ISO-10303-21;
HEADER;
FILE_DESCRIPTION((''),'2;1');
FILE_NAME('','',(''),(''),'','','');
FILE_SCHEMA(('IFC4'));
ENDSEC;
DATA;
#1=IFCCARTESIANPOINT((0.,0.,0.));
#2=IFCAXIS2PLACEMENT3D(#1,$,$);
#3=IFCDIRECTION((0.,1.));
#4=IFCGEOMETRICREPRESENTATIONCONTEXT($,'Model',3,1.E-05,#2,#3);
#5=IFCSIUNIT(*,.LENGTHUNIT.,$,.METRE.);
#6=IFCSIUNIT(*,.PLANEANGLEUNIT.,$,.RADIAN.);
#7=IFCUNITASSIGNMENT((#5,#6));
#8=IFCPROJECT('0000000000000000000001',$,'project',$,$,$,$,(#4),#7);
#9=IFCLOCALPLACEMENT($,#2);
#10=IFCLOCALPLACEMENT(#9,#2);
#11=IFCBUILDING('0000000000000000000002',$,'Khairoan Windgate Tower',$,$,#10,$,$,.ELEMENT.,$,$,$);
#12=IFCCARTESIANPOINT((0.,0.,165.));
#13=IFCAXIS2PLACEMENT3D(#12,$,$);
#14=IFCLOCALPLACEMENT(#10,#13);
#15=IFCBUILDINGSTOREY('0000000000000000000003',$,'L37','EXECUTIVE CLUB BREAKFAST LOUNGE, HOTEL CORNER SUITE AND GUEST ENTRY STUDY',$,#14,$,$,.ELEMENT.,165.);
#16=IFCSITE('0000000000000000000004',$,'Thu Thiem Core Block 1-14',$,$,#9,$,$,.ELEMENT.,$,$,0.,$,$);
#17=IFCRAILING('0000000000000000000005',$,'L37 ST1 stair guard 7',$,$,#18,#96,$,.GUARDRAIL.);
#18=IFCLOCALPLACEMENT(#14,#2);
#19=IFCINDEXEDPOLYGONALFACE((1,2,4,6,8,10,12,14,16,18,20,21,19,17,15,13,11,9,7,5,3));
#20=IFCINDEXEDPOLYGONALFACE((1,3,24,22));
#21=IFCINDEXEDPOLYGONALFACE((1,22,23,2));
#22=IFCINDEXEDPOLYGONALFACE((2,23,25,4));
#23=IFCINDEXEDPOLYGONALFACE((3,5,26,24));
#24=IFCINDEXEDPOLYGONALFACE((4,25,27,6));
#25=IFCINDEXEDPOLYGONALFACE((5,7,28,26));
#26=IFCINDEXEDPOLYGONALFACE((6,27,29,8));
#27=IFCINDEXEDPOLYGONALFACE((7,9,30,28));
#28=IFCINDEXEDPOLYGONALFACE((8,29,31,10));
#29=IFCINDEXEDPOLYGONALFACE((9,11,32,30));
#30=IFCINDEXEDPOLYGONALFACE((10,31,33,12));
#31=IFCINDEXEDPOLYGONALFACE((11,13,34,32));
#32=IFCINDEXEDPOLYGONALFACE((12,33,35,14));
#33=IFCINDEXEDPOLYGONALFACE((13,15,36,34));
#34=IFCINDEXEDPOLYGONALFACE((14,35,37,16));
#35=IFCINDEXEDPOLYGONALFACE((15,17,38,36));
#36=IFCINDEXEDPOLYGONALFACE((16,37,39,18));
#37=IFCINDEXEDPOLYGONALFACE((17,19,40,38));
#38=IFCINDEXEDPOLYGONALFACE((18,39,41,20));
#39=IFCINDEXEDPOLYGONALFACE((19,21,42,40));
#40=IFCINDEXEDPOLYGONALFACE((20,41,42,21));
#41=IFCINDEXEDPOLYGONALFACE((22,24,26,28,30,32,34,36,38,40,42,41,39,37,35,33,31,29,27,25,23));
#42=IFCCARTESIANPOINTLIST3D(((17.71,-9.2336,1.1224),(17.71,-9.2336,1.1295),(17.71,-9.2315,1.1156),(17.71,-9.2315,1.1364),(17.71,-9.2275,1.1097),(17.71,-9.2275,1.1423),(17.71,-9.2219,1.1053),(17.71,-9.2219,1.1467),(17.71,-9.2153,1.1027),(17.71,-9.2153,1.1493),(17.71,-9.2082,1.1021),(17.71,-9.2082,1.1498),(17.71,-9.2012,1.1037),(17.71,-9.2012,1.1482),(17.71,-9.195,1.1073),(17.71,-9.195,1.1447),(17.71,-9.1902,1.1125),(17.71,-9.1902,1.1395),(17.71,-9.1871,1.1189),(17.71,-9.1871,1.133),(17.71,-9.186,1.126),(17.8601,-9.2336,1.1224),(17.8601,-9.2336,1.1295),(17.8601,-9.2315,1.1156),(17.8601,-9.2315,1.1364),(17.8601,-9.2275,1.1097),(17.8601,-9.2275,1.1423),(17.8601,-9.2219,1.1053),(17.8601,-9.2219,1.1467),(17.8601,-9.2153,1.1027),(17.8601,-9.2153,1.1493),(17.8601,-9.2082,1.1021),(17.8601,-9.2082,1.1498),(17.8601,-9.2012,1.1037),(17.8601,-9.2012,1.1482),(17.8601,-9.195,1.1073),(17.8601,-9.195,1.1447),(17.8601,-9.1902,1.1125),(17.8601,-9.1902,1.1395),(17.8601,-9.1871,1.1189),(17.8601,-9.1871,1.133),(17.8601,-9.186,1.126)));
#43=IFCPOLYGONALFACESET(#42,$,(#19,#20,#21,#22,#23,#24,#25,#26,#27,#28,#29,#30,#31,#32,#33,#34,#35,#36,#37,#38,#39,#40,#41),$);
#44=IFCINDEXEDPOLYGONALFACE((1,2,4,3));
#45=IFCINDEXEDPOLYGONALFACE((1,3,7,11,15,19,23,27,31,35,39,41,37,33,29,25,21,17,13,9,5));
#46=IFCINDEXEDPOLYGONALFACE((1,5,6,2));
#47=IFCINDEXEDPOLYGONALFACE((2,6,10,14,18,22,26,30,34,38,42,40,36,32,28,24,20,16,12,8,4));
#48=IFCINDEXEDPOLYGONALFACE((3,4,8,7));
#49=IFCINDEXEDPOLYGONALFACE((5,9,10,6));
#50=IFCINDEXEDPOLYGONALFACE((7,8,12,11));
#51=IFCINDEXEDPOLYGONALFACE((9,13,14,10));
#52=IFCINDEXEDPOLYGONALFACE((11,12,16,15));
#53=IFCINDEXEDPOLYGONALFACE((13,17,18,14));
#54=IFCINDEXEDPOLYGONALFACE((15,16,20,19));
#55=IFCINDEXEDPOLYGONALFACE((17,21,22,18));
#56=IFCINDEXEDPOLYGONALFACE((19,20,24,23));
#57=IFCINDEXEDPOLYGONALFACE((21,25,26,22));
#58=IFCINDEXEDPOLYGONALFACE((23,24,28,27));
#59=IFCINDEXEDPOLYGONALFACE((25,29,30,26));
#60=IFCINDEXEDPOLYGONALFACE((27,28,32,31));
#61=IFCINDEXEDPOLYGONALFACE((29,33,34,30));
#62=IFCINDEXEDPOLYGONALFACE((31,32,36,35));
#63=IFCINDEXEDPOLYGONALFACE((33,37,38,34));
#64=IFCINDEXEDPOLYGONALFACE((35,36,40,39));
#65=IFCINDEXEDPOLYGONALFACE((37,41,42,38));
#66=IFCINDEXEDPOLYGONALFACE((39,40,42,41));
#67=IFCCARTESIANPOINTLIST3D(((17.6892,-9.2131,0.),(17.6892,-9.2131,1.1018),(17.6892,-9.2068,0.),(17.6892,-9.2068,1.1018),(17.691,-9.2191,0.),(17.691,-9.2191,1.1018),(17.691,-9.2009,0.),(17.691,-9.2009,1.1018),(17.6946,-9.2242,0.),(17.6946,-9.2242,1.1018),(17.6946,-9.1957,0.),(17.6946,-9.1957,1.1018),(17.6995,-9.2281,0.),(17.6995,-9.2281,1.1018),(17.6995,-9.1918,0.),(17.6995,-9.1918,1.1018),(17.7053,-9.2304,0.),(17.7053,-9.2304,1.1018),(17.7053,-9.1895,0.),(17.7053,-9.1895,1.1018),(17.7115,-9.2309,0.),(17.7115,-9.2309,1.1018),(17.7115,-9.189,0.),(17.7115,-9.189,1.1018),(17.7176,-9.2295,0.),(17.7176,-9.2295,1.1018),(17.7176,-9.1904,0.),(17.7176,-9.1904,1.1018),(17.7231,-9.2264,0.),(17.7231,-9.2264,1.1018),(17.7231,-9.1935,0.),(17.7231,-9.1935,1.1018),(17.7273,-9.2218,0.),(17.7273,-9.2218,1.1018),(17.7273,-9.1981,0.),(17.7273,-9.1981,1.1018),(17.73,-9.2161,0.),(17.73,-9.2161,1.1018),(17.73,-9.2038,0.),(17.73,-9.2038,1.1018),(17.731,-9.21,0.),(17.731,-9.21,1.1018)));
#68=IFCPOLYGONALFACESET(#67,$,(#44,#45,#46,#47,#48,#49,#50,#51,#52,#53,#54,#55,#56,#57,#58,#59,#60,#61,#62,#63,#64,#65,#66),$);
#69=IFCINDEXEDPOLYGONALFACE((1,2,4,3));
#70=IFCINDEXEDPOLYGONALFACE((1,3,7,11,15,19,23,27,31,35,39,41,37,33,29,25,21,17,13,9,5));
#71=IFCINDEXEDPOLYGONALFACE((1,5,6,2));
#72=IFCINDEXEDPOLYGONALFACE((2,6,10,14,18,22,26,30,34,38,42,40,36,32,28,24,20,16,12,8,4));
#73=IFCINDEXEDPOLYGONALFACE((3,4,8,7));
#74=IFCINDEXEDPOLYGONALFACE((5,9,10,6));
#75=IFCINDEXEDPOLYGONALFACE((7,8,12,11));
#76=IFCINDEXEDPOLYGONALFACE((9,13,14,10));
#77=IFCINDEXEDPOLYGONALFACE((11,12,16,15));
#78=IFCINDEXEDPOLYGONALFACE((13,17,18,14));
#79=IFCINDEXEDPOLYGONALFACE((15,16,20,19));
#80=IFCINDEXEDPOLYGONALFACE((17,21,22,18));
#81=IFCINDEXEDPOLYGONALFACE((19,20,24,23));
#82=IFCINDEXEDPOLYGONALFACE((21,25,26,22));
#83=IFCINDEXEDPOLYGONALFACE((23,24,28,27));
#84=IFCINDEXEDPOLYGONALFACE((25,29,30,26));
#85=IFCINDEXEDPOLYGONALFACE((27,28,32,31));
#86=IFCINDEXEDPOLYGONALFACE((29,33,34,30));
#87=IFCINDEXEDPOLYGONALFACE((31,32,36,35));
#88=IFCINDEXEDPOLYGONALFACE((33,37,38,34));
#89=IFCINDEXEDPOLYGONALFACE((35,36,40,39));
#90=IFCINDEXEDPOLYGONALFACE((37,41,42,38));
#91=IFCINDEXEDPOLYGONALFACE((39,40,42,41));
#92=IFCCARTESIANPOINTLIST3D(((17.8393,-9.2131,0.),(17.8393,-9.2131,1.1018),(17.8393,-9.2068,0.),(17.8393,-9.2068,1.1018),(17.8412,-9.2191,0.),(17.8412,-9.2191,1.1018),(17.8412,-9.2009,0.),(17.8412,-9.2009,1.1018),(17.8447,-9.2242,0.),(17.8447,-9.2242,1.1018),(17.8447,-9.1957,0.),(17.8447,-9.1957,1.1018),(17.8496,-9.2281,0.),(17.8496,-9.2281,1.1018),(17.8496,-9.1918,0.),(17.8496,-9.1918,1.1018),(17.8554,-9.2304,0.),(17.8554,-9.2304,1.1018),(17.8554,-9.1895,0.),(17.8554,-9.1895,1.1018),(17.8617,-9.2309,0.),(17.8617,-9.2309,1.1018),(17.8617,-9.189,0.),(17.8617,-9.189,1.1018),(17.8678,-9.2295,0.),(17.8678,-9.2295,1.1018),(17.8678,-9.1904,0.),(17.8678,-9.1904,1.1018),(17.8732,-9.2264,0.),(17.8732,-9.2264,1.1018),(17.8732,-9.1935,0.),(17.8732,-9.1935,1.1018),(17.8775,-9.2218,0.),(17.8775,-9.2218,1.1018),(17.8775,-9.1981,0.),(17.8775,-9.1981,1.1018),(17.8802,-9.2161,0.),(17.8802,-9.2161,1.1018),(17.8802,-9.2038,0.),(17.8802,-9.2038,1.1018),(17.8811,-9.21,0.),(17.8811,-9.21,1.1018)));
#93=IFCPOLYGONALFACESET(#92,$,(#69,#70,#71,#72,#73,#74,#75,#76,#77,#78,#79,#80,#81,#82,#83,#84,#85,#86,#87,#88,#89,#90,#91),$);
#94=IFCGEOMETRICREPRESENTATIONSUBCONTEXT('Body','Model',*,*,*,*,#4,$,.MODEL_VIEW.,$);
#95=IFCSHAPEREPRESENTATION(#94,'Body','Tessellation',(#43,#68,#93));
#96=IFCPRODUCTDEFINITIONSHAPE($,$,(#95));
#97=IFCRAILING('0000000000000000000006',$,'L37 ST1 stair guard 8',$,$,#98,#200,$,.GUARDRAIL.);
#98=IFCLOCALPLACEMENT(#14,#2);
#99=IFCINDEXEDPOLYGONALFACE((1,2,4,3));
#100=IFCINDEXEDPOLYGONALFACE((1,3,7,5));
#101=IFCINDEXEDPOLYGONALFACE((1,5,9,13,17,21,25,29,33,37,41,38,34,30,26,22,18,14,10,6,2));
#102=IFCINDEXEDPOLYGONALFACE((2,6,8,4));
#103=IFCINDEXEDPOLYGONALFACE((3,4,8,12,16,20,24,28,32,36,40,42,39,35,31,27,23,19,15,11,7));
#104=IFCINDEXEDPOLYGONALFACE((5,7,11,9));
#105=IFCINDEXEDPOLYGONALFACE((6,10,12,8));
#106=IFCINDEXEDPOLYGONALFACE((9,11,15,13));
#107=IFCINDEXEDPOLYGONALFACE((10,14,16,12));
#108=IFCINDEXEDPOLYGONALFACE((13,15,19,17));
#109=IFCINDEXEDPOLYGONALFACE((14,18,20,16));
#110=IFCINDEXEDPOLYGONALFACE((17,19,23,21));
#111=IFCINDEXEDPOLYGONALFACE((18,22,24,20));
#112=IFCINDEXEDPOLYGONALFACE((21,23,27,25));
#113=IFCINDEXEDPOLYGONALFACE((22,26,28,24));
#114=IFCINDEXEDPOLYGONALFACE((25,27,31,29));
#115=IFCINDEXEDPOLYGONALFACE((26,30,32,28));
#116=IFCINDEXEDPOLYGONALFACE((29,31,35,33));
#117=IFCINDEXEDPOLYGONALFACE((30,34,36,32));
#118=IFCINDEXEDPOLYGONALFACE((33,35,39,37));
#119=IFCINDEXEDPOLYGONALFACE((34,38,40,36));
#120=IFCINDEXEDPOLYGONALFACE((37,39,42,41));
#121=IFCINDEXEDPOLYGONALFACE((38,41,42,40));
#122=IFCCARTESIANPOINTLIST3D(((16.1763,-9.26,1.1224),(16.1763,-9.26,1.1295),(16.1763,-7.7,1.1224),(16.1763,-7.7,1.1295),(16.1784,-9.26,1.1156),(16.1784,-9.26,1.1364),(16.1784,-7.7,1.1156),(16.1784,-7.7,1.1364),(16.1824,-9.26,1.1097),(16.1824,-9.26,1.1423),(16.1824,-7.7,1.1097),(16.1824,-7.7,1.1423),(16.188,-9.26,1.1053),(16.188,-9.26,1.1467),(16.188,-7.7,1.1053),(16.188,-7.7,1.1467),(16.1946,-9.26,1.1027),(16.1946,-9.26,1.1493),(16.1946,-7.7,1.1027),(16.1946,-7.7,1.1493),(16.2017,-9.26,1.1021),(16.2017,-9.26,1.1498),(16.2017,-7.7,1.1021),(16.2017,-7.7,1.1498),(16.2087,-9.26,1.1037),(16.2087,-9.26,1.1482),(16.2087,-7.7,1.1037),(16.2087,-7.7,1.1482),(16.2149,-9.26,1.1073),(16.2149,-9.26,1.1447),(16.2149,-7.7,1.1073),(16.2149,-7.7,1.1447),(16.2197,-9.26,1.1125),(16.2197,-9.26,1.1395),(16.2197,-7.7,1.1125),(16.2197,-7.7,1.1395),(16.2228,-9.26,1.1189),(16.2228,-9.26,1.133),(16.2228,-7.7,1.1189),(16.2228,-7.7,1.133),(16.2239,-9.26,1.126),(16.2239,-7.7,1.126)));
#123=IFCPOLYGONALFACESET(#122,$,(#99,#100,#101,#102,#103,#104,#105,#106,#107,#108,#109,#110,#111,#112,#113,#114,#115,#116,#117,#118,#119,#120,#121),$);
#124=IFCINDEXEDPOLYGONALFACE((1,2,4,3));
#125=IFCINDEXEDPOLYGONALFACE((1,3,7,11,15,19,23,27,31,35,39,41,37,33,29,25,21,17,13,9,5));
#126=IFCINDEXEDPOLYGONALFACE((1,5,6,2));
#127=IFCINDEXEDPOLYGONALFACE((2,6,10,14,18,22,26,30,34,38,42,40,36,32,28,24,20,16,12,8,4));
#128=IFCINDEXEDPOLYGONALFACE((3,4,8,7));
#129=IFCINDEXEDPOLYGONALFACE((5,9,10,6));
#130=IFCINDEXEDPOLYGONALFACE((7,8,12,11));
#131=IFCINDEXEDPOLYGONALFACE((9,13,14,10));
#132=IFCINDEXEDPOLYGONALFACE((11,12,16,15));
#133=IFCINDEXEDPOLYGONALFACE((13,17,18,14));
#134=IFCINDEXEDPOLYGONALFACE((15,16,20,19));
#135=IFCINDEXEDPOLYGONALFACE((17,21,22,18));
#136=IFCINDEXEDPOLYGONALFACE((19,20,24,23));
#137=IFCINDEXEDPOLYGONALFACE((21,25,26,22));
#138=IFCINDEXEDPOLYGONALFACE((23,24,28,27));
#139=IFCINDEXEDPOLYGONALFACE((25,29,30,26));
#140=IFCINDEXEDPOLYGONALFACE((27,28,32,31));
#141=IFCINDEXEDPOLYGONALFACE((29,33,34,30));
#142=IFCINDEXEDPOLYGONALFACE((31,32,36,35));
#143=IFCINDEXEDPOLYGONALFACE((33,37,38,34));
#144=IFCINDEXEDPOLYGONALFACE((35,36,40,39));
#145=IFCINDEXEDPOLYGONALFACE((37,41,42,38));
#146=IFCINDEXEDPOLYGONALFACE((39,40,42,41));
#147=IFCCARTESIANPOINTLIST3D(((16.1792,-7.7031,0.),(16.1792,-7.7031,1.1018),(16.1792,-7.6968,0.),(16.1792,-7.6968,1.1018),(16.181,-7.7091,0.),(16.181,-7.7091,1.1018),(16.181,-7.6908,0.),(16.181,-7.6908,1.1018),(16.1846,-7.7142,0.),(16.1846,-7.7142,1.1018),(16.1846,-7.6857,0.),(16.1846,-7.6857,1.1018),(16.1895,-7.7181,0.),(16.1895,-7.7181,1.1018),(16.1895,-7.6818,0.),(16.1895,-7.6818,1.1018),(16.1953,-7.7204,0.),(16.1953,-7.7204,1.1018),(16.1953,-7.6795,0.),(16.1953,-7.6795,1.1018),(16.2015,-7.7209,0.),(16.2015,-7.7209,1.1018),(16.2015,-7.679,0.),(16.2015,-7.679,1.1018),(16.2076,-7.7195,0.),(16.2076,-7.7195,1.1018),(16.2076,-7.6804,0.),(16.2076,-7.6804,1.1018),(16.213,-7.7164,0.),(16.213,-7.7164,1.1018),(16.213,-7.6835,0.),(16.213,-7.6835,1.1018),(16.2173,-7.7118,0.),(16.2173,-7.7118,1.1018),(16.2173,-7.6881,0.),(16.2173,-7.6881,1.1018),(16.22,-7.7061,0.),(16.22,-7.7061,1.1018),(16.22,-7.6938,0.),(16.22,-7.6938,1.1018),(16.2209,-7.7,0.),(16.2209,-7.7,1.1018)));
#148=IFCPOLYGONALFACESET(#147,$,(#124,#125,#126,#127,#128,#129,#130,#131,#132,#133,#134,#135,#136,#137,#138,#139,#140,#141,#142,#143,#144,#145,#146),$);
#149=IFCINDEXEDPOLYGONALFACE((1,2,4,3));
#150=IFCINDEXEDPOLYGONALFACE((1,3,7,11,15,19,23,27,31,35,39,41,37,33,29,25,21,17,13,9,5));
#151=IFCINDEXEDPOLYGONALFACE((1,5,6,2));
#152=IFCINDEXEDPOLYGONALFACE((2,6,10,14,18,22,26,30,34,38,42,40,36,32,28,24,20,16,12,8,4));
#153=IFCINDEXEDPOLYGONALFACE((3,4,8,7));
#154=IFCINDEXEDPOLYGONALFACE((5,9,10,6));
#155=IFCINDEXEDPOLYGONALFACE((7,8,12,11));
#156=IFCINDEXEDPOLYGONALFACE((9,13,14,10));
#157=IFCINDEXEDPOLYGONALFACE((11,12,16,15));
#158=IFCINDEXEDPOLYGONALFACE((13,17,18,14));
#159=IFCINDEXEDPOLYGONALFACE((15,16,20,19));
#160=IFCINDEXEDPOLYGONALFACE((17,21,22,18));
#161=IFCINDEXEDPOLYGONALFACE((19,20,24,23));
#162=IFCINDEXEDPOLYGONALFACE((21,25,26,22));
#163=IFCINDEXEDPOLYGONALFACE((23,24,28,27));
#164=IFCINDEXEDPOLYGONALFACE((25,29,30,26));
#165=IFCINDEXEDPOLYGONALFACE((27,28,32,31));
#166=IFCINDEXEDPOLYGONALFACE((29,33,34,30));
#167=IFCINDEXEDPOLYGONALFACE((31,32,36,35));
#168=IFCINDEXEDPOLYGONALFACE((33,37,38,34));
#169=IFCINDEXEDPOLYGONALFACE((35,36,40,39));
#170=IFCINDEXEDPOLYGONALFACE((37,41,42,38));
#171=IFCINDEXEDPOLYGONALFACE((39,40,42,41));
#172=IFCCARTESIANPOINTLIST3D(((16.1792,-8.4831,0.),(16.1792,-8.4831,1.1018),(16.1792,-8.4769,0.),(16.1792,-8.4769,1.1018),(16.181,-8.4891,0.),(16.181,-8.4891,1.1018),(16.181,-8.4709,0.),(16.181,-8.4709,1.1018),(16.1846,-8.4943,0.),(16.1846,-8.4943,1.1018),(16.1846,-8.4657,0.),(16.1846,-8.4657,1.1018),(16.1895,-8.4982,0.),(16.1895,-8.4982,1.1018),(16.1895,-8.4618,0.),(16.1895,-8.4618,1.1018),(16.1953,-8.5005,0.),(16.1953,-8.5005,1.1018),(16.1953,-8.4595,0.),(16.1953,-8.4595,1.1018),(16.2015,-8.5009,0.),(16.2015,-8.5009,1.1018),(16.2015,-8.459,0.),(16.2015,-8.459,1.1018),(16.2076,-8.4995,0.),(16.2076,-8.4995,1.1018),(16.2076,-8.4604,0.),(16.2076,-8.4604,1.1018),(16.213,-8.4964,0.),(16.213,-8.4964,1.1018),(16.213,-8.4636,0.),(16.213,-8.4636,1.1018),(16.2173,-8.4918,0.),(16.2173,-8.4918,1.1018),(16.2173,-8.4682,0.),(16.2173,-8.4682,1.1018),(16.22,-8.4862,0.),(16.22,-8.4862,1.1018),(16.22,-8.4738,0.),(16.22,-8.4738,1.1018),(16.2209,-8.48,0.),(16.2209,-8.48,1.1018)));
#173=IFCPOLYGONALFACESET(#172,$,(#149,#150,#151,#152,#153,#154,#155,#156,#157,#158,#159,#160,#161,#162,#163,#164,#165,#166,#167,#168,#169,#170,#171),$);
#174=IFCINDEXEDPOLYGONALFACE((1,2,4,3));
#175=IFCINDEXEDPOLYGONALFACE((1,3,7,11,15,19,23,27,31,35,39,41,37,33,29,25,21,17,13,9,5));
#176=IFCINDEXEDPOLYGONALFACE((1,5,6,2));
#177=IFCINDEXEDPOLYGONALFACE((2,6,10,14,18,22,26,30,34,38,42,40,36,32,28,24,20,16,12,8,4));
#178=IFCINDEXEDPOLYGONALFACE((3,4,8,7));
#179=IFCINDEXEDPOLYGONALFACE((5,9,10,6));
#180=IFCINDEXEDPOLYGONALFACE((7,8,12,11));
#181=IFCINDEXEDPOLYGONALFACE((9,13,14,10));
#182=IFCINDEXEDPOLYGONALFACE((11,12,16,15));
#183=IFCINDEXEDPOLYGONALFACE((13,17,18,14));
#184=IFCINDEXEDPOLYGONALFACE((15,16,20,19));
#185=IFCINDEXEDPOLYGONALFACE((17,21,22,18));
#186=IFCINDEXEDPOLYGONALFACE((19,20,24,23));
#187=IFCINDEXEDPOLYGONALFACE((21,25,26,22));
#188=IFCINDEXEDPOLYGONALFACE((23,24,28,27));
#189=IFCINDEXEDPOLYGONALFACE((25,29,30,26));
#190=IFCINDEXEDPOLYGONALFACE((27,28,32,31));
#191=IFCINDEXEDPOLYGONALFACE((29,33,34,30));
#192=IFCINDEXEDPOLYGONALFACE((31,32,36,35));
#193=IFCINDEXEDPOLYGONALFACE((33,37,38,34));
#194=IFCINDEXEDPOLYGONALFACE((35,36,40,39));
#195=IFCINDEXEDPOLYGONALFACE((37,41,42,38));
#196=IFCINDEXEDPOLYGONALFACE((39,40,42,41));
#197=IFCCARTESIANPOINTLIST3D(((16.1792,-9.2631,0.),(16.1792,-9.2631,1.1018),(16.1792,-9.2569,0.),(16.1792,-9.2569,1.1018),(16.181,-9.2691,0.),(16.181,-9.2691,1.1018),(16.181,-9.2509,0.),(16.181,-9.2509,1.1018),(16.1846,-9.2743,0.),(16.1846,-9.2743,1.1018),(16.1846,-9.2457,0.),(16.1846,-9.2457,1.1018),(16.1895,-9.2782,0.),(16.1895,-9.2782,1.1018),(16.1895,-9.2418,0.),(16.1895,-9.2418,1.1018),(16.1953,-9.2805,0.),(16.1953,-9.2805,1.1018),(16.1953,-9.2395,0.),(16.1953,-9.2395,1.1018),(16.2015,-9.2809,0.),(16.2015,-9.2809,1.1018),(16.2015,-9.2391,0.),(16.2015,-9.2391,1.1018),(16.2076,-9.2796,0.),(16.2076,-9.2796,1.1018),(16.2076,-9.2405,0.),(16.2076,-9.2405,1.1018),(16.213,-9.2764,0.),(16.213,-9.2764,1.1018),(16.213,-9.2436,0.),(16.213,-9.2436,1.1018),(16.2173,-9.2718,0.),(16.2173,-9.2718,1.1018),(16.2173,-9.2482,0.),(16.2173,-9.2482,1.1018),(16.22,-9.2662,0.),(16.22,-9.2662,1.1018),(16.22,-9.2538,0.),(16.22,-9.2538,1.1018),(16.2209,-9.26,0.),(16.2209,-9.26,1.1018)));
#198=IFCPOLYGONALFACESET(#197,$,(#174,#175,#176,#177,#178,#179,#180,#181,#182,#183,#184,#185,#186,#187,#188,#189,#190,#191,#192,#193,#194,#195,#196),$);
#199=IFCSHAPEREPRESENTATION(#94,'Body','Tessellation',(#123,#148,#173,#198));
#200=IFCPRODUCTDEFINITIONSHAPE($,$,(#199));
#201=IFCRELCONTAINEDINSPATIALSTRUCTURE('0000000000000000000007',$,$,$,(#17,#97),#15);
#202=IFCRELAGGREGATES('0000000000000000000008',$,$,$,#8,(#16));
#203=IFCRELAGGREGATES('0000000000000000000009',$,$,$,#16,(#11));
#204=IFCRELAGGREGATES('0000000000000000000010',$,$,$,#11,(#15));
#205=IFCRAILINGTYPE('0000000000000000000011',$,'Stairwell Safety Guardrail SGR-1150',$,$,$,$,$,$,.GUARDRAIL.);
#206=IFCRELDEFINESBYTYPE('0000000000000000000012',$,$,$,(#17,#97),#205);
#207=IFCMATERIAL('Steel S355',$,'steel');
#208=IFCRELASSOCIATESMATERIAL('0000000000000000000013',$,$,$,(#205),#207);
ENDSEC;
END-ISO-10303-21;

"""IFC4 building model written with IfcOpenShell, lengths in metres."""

from ifc_helpers import new_model, si_unit, direction, frame, origin, origin_2d, place, context, subcontext, project, spatial, circle, extrude, material, type_object, element, save


model = new_model("IFC4")

# Units and contexts
model_context = context("Model", 3, precision=1e-05, world=origin(), true_north=direction((0.0, 1.0)))
body_context = subcontext(model_context, "Body", "Model", "MODEL_VIEW")
ifc_project = project(units=[si_unit("LENGTHUNIT", "METRE"), si_unit("PLANEANGLEUNIT", "RADIAN")], contexts=[model_context])

# Site, building, storey
site_placement = place(None, origin())
site = spatial("IfcSite", under=ifc_project, at=site_placement, Name="Thu Thiem Core Block 1-14", CompositionType="ELEMENT", RefElevation=0.0)
building_placement = place(site_placement, origin())
building = spatial("IfcBuilding", under=site, at=building_placement, Name="Khairoan Windgate Tower", CompositionType="ELEMENT")
storey_placement = place(building_placement, frame((0.0, 0.0, 165.0)))
storey = spatial("IfcBuildingStorey", under=building, at=storey_placement, Name="L37", Description="EXECUTIVE CLUB BREAKFAST LOUNGE, HOTEL CORNER SUITE AND GUEST ENTRY STUDY", CompositionType="ELEMENT", Elevation=165.0)

# Railings
ifc_material_1 = material(Name="Steel S355", Category="steel")
railing_type_1 = type_object("IfcRailingType", Name="Stairwell Safety Guardrail SGR-1150", PredefinedType="GUARDRAIL", material=ifc_material_1)
railing_1_placement = place(storey_placement, frame((17.71, -9.21, 0.0)))
element("IfcRailing", 1, at=railing_1_placement, inside=storey, type_object=railing_type_1, Name="L37 ST1 stair guard 7", PredefinedType="GUARDRAIL", context=body_context, shape_type="SweptSolid", body=[
    extrude(circle(Radius=0.0239, at=origin_2d()), frame((0.0, 0.0, 1.126), z_axis=(1.0, 0.0, 0.0), x_axis=(0.0, 1.0, 0.0)), (0.0, 0.0, 1.0), 0.1501),
    extrude(circle(Radius=0.021, at=origin_2d()), origin(), (0.0, 0.0, 1.0), 1.1018),
    extrude(circle(Radius=0.021, at=origin_2d()), frame((0.1501, 0.0, 0.0)), (0.0, 0.0, 1.0), 1.1018),
])
for number, where, name in (
    (2, (16.2, -7.7, 0.0), "L37 ST1 stair guard 8"),
):
    element("IfcRailing", number, at=place(storey_placement, frame(where)), inside=storey, type_object=railing_type_1, Name=name, PredefinedType="GUARDRAIL", context=body_context, shape_type="SweptSolid", body=[
        extrude(circle(Radius=0.0239, at=origin_2d()), frame((0.0, 0.0, 1.126), z_axis=(0.0, -1.0, 0.0), x_axis=(1.0, 0.0, 0.0)), (0.0, 0.0, 1.0), 1.5601),
        extrude(circle(Radius=0.021, at=origin_2d()), origin(), (0.0, 0.0, 1.0), 1.1018),
        extrude(circle(Radius=0.021, at=origin_2d()), frame((0.0, -0.78, 0.0)), (0.0, 0.0, 1.0), 1.1018),
        extrude(circle(Radius=0.021, at=origin_2d()), frame((0.0, -1.5601, 0.0)), (0.0, 0.0, 1.0), 1.1018),
    ])

save(model, "model.ifc")
